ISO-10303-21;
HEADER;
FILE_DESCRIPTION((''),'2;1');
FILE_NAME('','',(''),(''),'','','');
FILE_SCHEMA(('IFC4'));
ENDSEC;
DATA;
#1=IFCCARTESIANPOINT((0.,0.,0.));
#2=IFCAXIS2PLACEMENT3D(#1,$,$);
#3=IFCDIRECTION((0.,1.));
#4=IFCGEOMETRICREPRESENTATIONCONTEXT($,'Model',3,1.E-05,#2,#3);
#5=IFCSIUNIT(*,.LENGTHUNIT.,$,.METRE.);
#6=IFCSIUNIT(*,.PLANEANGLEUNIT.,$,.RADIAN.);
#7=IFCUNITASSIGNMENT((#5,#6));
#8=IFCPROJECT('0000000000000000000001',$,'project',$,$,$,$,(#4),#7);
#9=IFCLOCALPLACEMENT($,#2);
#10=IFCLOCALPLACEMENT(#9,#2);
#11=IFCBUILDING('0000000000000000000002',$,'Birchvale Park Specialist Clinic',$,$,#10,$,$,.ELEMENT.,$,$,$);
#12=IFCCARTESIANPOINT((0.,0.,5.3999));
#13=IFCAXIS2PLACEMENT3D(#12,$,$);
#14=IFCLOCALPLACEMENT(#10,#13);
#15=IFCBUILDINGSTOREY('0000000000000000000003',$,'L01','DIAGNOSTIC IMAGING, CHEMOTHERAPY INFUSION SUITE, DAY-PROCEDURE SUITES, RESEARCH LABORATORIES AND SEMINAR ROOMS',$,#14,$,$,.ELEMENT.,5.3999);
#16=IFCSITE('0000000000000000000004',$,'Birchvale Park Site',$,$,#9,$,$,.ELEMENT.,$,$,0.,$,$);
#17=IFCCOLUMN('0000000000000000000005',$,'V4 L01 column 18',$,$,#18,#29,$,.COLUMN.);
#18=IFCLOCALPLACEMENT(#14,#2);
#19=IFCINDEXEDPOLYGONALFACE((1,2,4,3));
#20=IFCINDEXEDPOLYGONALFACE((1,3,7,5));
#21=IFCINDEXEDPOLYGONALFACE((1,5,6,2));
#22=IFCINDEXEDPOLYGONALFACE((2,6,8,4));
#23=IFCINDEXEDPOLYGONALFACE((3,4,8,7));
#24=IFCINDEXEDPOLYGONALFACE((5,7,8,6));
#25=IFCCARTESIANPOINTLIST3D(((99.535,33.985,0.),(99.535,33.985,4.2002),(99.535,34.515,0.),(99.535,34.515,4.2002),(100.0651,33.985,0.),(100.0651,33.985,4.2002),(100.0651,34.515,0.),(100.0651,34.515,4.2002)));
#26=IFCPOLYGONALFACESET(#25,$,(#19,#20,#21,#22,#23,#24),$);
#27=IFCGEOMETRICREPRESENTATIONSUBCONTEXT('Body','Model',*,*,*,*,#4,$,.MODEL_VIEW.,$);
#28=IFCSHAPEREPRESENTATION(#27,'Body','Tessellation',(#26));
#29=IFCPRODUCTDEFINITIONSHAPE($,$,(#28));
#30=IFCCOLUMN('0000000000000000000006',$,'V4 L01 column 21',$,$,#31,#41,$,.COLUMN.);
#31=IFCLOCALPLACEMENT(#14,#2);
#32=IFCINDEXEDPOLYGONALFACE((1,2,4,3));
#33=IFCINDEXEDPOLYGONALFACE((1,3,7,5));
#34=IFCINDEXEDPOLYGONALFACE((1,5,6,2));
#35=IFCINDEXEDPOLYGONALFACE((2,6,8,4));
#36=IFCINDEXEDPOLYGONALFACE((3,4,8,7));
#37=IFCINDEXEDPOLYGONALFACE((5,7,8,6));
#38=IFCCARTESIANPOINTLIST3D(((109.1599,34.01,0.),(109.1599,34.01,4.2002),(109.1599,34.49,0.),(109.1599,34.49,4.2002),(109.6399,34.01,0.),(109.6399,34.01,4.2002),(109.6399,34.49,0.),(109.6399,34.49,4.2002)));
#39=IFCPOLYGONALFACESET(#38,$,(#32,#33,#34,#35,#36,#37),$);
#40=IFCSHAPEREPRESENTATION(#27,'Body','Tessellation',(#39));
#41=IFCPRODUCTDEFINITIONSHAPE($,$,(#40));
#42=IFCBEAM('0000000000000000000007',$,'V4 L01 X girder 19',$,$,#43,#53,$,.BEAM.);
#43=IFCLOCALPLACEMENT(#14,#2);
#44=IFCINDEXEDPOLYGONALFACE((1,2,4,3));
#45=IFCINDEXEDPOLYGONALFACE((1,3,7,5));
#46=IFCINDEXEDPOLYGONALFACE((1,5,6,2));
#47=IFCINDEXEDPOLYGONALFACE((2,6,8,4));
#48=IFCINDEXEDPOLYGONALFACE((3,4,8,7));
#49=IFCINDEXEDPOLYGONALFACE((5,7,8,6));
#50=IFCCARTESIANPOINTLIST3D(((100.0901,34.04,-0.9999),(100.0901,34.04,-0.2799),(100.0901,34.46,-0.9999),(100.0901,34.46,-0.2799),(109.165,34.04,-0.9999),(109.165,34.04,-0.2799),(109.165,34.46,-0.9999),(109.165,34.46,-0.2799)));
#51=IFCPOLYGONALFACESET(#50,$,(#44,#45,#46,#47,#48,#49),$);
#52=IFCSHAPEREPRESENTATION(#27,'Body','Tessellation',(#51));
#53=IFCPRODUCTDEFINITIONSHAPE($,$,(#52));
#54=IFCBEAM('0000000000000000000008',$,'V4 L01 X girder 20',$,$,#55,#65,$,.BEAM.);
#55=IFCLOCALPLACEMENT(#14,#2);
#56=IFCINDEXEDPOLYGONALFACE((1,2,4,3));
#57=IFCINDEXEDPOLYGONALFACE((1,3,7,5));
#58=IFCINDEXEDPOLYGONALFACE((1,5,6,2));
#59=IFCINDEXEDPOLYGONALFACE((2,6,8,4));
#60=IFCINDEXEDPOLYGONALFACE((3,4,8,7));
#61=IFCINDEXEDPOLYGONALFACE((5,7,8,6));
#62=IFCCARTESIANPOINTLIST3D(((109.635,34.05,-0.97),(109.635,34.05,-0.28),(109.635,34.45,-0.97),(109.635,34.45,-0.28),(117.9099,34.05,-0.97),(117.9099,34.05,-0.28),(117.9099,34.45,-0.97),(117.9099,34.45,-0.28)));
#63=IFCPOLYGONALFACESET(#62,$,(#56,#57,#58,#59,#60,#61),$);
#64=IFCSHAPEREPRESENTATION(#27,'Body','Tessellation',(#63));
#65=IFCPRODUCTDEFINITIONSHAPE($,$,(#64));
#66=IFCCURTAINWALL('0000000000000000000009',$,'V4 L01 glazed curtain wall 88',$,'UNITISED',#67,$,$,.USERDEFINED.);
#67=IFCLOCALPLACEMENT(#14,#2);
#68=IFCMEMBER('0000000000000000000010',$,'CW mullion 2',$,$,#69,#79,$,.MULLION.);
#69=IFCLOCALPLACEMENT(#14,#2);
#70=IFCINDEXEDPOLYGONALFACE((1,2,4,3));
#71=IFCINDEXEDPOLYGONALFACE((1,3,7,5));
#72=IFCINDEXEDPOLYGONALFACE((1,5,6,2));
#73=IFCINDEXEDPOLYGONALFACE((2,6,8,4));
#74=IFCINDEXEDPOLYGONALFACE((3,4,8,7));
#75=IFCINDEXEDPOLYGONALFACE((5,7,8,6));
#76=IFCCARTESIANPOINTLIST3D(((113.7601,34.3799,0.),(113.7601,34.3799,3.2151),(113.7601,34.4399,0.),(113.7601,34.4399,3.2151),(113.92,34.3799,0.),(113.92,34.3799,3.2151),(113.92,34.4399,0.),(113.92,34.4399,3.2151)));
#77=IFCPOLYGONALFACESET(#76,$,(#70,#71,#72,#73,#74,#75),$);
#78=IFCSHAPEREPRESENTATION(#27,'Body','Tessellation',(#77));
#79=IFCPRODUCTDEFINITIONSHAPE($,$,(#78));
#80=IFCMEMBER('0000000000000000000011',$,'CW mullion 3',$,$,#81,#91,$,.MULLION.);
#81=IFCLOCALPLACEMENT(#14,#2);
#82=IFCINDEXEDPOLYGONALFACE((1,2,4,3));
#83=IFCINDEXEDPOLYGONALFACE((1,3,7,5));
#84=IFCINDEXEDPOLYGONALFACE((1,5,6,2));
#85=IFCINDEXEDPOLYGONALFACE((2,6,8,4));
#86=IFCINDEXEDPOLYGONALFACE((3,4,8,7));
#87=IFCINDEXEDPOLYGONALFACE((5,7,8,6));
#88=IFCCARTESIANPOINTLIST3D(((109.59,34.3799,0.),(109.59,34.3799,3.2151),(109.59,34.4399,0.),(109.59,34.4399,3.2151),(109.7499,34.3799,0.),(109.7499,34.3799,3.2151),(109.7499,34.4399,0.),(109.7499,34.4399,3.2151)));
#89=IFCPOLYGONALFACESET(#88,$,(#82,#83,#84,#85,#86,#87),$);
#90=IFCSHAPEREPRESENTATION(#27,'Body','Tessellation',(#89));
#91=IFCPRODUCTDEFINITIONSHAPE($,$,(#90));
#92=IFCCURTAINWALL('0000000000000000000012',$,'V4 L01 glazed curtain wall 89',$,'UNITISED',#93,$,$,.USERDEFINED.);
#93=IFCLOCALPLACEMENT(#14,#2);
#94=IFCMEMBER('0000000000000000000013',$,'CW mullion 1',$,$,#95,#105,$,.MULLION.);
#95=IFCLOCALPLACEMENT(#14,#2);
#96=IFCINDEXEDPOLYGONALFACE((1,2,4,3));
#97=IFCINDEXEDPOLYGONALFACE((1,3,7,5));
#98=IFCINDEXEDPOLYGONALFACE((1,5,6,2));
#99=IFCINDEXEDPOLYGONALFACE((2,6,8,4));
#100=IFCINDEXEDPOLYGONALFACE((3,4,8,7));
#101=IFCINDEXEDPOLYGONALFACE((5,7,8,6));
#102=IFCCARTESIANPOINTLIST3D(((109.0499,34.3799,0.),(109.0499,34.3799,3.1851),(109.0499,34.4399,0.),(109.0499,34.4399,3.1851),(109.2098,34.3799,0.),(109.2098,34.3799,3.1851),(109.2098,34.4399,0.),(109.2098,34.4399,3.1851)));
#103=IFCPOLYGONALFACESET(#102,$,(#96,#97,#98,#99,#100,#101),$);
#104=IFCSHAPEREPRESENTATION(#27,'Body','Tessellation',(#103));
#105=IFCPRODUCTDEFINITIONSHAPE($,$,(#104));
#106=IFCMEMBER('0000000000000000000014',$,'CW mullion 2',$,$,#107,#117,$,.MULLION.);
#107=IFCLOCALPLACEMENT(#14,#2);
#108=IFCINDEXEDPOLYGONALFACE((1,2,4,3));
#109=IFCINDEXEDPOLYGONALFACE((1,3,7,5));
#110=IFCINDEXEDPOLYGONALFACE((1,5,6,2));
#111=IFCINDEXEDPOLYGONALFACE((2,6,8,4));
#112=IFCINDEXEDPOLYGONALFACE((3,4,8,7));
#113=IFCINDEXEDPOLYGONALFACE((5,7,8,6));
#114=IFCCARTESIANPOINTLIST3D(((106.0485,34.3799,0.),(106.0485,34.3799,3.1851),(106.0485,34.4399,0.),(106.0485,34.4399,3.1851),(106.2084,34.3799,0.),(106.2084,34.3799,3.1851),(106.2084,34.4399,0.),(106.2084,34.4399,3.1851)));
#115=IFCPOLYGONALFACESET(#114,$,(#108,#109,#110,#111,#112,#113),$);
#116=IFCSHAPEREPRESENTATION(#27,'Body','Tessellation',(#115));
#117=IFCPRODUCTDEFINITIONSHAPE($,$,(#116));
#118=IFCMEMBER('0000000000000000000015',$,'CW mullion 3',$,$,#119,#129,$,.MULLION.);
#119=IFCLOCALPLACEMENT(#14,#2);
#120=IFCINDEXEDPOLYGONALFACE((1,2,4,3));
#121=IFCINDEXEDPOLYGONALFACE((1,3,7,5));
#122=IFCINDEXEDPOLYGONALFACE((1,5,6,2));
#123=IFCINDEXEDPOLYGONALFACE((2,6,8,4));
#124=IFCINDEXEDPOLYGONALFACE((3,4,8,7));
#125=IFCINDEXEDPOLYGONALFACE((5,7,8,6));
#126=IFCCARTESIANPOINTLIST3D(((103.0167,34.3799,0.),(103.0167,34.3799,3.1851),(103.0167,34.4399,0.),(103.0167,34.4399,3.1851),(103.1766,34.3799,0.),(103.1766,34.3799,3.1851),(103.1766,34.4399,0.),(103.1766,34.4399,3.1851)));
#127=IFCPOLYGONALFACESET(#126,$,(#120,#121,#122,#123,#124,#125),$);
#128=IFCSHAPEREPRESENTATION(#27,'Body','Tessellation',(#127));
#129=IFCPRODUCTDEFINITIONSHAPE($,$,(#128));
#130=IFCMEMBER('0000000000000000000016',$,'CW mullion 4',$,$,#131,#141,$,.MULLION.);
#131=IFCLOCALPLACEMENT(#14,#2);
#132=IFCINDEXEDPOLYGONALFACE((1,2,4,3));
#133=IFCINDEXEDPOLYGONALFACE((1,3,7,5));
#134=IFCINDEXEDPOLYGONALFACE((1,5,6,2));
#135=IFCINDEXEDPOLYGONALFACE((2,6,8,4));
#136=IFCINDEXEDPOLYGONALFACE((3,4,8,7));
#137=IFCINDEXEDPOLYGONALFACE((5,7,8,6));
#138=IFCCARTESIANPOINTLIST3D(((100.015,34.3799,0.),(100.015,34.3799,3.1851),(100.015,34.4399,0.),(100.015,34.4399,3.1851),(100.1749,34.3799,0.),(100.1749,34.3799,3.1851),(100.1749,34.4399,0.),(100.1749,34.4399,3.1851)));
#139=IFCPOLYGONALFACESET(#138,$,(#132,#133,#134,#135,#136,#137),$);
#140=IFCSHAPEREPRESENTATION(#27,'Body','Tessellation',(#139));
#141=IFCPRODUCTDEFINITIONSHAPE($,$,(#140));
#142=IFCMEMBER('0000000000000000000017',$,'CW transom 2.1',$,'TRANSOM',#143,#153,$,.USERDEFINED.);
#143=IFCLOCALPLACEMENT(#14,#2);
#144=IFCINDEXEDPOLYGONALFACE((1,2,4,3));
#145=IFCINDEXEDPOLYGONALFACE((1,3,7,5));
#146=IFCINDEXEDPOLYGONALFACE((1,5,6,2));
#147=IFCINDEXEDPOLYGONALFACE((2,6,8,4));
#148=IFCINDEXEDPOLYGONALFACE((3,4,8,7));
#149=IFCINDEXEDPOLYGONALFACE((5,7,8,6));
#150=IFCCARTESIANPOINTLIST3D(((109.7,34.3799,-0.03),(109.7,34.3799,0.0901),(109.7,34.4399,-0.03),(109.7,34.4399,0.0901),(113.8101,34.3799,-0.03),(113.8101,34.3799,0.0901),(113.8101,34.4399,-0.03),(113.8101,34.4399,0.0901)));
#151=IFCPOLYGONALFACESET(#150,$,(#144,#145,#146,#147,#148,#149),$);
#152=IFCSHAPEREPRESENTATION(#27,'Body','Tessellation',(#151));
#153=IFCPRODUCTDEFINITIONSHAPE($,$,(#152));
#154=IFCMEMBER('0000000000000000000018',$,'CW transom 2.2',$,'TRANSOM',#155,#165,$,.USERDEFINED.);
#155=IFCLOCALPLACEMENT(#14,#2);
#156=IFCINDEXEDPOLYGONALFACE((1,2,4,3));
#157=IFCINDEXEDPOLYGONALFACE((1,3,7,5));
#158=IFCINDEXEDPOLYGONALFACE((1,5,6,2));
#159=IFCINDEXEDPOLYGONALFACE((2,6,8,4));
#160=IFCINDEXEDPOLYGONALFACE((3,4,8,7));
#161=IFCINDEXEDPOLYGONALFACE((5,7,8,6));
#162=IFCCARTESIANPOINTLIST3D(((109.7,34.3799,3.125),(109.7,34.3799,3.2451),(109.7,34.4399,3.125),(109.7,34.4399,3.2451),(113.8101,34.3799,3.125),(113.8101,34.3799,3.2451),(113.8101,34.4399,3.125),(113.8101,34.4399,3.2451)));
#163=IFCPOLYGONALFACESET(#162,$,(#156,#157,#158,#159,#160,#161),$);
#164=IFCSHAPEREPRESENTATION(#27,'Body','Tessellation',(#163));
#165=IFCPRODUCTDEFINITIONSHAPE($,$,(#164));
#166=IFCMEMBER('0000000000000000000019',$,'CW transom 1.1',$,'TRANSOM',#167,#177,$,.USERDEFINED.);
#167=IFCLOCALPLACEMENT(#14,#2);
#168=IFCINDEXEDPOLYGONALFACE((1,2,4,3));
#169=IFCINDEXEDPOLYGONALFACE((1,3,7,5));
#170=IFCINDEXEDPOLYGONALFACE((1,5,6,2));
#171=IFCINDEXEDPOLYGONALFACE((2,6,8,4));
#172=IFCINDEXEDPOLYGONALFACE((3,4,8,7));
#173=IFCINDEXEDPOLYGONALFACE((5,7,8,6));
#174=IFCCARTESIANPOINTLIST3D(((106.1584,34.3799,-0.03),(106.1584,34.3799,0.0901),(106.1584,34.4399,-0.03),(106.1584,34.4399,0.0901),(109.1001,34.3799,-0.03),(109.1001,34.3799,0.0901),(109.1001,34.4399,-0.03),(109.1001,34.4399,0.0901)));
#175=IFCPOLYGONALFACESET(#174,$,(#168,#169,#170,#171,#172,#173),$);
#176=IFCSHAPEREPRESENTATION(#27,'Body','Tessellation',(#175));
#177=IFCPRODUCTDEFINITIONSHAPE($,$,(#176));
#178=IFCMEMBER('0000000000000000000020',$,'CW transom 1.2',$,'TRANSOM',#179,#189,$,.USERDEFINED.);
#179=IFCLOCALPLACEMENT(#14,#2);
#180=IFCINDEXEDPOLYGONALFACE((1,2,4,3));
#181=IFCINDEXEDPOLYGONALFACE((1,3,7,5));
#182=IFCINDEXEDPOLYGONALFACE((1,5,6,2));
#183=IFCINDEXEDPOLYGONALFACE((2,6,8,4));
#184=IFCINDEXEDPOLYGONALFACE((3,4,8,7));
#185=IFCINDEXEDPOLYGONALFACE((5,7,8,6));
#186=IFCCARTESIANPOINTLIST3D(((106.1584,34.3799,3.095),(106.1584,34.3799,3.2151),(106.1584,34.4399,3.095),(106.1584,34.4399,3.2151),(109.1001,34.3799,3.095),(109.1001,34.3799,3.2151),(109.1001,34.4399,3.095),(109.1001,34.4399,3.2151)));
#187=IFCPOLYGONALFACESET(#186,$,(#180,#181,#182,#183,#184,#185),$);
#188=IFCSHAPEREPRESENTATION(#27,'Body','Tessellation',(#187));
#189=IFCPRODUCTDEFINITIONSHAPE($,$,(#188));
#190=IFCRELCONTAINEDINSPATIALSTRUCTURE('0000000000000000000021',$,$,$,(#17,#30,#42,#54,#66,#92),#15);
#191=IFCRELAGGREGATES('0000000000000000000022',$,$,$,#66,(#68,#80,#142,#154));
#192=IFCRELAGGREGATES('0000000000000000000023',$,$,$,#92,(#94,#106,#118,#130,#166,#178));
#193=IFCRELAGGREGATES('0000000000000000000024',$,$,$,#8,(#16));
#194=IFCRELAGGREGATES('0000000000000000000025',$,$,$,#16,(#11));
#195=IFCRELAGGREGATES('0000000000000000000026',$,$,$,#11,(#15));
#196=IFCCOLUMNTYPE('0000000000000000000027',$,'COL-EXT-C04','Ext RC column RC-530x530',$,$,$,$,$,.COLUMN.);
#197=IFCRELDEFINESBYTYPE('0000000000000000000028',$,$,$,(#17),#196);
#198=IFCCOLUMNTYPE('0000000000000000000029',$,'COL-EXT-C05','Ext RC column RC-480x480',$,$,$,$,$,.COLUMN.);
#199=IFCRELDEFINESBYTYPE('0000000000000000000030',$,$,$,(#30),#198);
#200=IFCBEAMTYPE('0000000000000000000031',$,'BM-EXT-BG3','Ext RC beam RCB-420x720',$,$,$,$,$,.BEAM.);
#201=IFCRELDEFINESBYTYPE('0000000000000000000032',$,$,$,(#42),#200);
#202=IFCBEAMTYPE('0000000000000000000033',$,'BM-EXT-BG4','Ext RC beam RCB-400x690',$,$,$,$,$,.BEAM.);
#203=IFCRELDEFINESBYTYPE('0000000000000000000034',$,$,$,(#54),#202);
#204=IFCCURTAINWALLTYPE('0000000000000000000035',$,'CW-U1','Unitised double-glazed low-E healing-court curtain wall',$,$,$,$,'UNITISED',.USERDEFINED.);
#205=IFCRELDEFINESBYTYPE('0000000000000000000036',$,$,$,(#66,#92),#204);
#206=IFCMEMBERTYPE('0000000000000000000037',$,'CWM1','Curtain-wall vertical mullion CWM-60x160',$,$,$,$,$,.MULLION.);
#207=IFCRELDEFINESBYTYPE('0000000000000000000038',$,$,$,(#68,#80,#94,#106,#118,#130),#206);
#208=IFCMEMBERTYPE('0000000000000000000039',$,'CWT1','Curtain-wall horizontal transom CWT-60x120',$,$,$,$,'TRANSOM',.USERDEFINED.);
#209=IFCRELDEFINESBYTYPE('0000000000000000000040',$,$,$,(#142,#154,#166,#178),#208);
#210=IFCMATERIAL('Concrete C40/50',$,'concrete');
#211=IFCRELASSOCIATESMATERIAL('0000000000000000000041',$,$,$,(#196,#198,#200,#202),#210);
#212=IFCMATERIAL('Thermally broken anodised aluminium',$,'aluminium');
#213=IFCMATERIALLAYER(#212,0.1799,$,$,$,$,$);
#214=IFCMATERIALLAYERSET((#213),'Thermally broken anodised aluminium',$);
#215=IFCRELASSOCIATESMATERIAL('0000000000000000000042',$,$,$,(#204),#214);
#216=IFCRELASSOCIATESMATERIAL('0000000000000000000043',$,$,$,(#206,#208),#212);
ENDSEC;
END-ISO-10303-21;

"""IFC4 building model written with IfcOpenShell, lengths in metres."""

from ifc_helpers import new_model, si_unit, direction, frame, origin, origin_2d, place, context, subcontext, project, spatial, rectangle, extrude, material, layer, layer_set, material_profile, profile_set, type_object, element, aggregate, save


model = new_model("IFC4")

# Units and contexts
model_context = context("Model", 3, precision=1e-05, world=origin(), true_north=direction((0.0, 1.0)))
body_context = subcontext(model_context, "Body", "Model", "MODEL_VIEW")
ifc_project = project(units=[si_unit("LENGTHUNIT", "METRE"), si_unit("PLANEANGLEUNIT", "RADIAN")], contexts=[model_context])

# Site, building, storey
site_placement = place(None, origin())
site = spatial("IfcSite", under=ifc_project, at=site_placement, Name="Birchvale Park Site", CompositionType="ELEMENT", RefElevation=0.0)
building_placement = place(site_placement, origin())
building = spatial("IfcBuilding", under=site, at=building_placement, Name="Birchvale Park Specialist Clinic", CompositionType="ELEMENT")
storey_placement = place(building_placement, frame((0.0, 0.0, 5.3999)))
storey = spatial("IfcBuildingStorey", under=building, at=storey_placement, Name="L01", Description="DIAGNOSTIC IMAGING, CHEMOTHERAPY INFUSION SUITE, DAY-PROCEDURE SUITES, RESEARCH LABORATORIES AND SEMINAR ROOMS", CompositionType="ELEMENT", Elevation=5.3999)

# Columns
ifc_material_1 = material(Name="Concrete C40/50", Category="concrete")
ifc_material_profile_1 = material_profile(ifc_material_1, rectangle(XDim=0.53, YDim=0.53, at=origin_2d()), Name="RC-530x530")
ifc_profile_set_1 = profile_set([ifc_material_profile_1], Name="Concrete C40/50")
column_type_1 = type_object("IfcColumnType", Name="COL-EXT-C04", Description="Ext RC column RC-530x530", PredefinedType="COLUMN", material=ifc_profile_set_1)
column_1_placement = place(storey_placement, frame((99.8, 34.25, 0.0), z_axis=(0.0, 0.0, 1.0), x_axis=(1.0, 0.0, 0.0)))
element("IfcColumn", 1, at=column_1_placement, inside=storey, type_object=column_type_1, Name="V4 L01 column 18", PredefinedType="COLUMN", context=body_context, shape_type="SweptSolid", body=[
    extrude(rectangle(XDim=0.53, YDim=0.53, at=origin_2d()), origin(), (0.0, 0.0, 1.0), 4.2002),
])
ifc_material_profile_2 = material_profile(ifc_material_1, rectangle(XDim=0.48, YDim=0.48, at=origin_2d()), Name="RC-480x480")
ifc_profile_set_2 = profile_set([ifc_material_profile_2], Name="Concrete C40/50")
column_type_2 = type_object("IfcColumnType", Name="COL-EXT-C05", Description="Ext RC column RC-480x480", PredefinedType="COLUMN", material=ifc_profile_set_2)
column_2_placement = place(storey_placement, frame((109.3999, 34.25, 0.0), z_axis=(0.0, 0.0, 1.0), x_axis=(1.0, 0.0, 0.0)))
element("IfcColumn", 2, at=column_2_placement, inside=storey, type_object=column_type_2, Name="V4 L01 column 21", PredefinedType="COLUMN", context=body_context, shape_type="SweptSolid", body=[
    extrude(rectangle(XDim=0.48, YDim=0.48, at=origin_2d()), origin(), (0.0, 0.0, 1.0), 4.2002),
])

# Beams
ifc_material_profile_3 = material_profile(ifc_material_1, rectangle(XDim=0.4199, YDim=0.72, at=origin_2d()), Name="RCB-420x720")
ifc_profile_set_3 = profile_set([ifc_material_profile_3], Name="Concrete C40/50")
beam_type_1 = type_object("IfcBeamType", Name="BM-EXT-BG3", Description="Ext RC beam RCB-420x720", PredefinedType="BEAM", material=ifc_profile_set_3)
beam_1_placement = place(storey_placement, frame((100.0901, 34.25, -0.6399), z_axis=(1.0, 0.0, 0.0), x_axis=(0.0, 1.0, 0.0)))
element("IfcBeam", 3, at=beam_1_placement, inside=storey, type_object=beam_type_1, Name="V4 L01 X girder 19", PredefinedType="BEAM", context=body_context, shape_type="SweptSolid", body=[
    extrude(rectangle(XDim=0.4199, YDim=0.72, at=origin_2d()), origin(), (0.0, 0.0, 1.0), 9.075),
])
ifc_material_profile_4 = material_profile(ifc_material_1, rectangle(XDim=0.3999, YDim=0.6899, at=origin_2d()), Name="RCB-400x690")
ifc_profile_set_4 = profile_set([ifc_material_profile_4], Name="Concrete C40/50")
beam_type_2 = type_object("IfcBeamType", Name="BM-EXT-BG4", Description="Ext RC beam RCB-400x690", PredefinedType="BEAM", material=ifc_profile_set_4)
beam_2_placement = place(storey_placement, frame((109.635, 34.25, -0.625), z_axis=(1.0, 0.0, 0.0), x_axis=(0.0, 1.0, 0.0)))
element("IfcBeam", 4, at=beam_2_placement, inside=storey, type_object=beam_type_2, Name="V4 L01 X girder 20", PredefinedType="BEAM", context=body_context, shape_type="SweptSolid", body=[
    extrude(rectangle(XDim=0.3999, YDim=0.6899, at=origin_2d()), origin(), (0.0, 0.0, 1.0), 8.2749),
])

# Curtain walls, members
ifc_material_2 = material(Name="Thermally broken anodised aluminium", Category="aluminium")
ifc_layer_1 = layer(ifc_material_2, 0.1799)
ifc_layer_set_1 = layer_set([ifc_layer_1], Name="Thermally broken anodised aluminium")
curtain_wall_type = type_object("IfcCurtainWallType", Name="CW-U1", Description="Unitised double-glazed low-E healing-court curtain wall", ElementType="UNITISED", PredefinedType="USERDEFINED", material=ifc_layer_set_1)
curtain_wall_1_placement = place(storey_placement, origin())
curtain_wall_1 = element("IfcCurtainWall", 5, at=curtain_wall_1_placement, inside=storey, type_object=curtain_wall_type, Name="V4 L01 glazed curtain wall 88", ObjectType="UNITISED", PredefinedType="USERDEFINED")
ifc_material_profile_5 = material_profile(ifc_material_2, rectangle(XDim=0.0601, YDim=0.1599, at=origin_2d()), Name="CWM-60x160")
ifc_profile_set_5 = profile_set([ifc_material_profile_5], Name="Thermally broken anodised aluminium")
member_type_1 = type_object("IfcMemberType", Name="CWM1", Description="Curtain-wall vertical mullion CWM-60x160", PredefinedType="MULLION", material=ifc_profile_set_5)
member_1_placement = place(storey_placement, frame((113.8401, 34.4099, 0.0), z_axis=(0.0, 0.0, 1.0), x_axis=(0.0, -1.0, 0.0)))
member_1 = element("IfcMember", 6, at=member_1_placement, type_object=member_type_1, Name="CW mullion 2", PredefinedType="MULLION", context=body_context, shape_type="SweptSolid", body=[
    extrude(rectangle(XDim=0.0601, YDim=0.1599, at=origin_2d()), origin(), (0.0, 0.0, 1.0), 3.2151),
])
member_2_placement = place(storey_placement, frame((109.6699, 34.4099, 0.0), z_axis=(0.0, 0.0, 1.0), x_axis=(0.0, -1.0, 0.0)))
member_2 = element("IfcMember", 7, at=member_2_placement, type_object=member_type_1, Name="CW mullion 3", PredefinedType="MULLION", context=body_context, shape_type="SweptSolid", body=[
    extrude(rectangle(XDim=0.0601, YDim=0.1599, at=origin_2d()), origin(), (0.0, 0.0, 1.0), 3.2151),
])
curtain_wall_2_placement = place(storey_placement, origin())
curtain_wall_2 = element("IfcCurtainWall", 8, at=curtain_wall_2_placement, inside=storey, type_object=curtain_wall_type, Name="V4 L01 glazed curtain wall 89", ObjectType="UNITISED", PredefinedType="USERDEFINED")
member_3_placement = place(storey_placement, frame((109.1299, 34.4099, 0.0), z_axis=(0.0, 0.0, 1.0), x_axis=(0.0, -1.0, 0.0)))
member_3 = element("IfcMember", 9, at=member_3_placement, type_object=member_type_1, Name="CW mullion 1", PredefinedType="MULLION", context=body_context, shape_type="SweptSolid", body=[
    extrude(rectangle(XDim=0.0601, YDim=0.1599, at=origin_2d()), origin(), (0.0, 0.0, 1.0), 3.1851),
])
member_4_placement = place(storey_placement, frame((106.1284, 34.4099, 0.0), z_axis=(0.0, 0.0, 1.0), x_axis=(0.0, -1.0, 0.0)))
member_4 = element("IfcMember", 10, at=member_4_placement, type_object=member_type_1, Name="CW mullion 2", PredefinedType="MULLION", context=body_context, shape_type="SweptSolid", body=[
    extrude(rectangle(XDim=0.0601, YDim=0.1599, at=origin_2d()), origin(), (0.0, 0.0, 1.0), 3.1851),
])
member_5_placement = place(storey_placement, frame((103.0967, 34.4099, 0.0), z_axis=(0.0, 0.0, 1.0), x_axis=(0.0, -1.0, 0.0)))
member_5 = element("IfcMember", 11, at=member_5_placement, type_object=member_type_1, Name="CW mullion 3", PredefinedType="MULLION", context=body_context, shape_type="SweptSolid", body=[
    extrude(rectangle(XDim=0.0601, YDim=0.1599, at=origin_2d()), origin(), (0.0, 0.0, 1.0), 3.1851),
])
member_6_placement = place(storey_placement, frame((100.095, 34.4099, 0.0), z_axis=(0.0, 0.0, 1.0), x_axis=(0.0, -1.0, 0.0)))
member_6 = element("IfcMember", 12, at=member_6_placement, type_object=member_type_1, Name="CW mullion 4", PredefinedType="MULLION", context=body_context, shape_type="SweptSolid", body=[
    extrude(rectangle(XDim=0.0601, YDim=0.1599, at=origin_2d()), origin(), (0.0, 0.0, 1.0), 3.1851),
])

# Members
ifc_material_profile_6 = material_profile(ifc_material_2, rectangle(XDim=0.0601, YDim=0.1201, at=origin_2d()), Name="CWT-60x120")
ifc_profile_set_6 = profile_set([ifc_material_profile_6], Name="Thermally broken anodised aluminium")
member_type_2 = type_object("IfcMemberType", Name="CWT1", Description="Curtain-wall horizontal transom CWT-60x120", ElementType="TRANSOM", PredefinedType="USERDEFINED", material=ifc_profile_set_6)
member_7_placement = place(storey_placement, frame((113.8101, 34.4099, 0.03), z_axis=(-1.0, 0.0, 0.0), x_axis=(0.0, -1.0, 0.0)))
member_7 = element("IfcMember", 13, at=member_7_placement, type_object=member_type_2, Name="CW transom 2.1", ObjectType="TRANSOM", PredefinedType="USERDEFINED", context=body_context, shape_type="SweptSolid", body=[
    extrude(rectangle(XDim=0.0601, YDim=0.1201, at=origin_2d()), origin(), (0.0, 0.0, 1.0), 4.1101),
])
member_8_placement = place(storey_placement, frame((113.8101, 34.4099, 3.1851), z_axis=(-1.0, 0.0, 0.0), x_axis=(0.0, -1.0, 0.0)))
member_8 = element("IfcMember", 14, at=member_8_placement, type_object=member_type_2, Name="CW transom 2.2", ObjectType="TRANSOM", PredefinedType="USERDEFINED", context=body_context, shape_type="SweptSolid", body=[
    extrude(rectangle(XDim=0.0601, YDim=0.1201, at=origin_2d()), origin(), (0.0, 0.0, 1.0), 4.1101),
])
member_9_placement = place(storey_placement, frame((109.1001, 34.4099, 0.03), z_axis=(-1.0, 0.0, 0.0), x_axis=(0.0, -1.0, 0.0)))
member_9 = element("IfcMember", 15, at=member_9_placement, type_object=member_type_2, Name="CW transom 1.1", ObjectType="TRANSOM", PredefinedType="USERDEFINED", context=body_context, shape_type="SweptSolid", body=[
    extrude(rectangle(XDim=0.0601, YDim=0.1201, at=origin_2d()), origin(), (0.0, 0.0, 1.0), 2.9417),
])
member_10_placement = place(storey_placement, frame((109.1001, 34.4099, 3.155), z_axis=(-1.0, 0.0, 0.0), x_axis=(0.0, -1.0, 0.0)))
member_10 = element("IfcMember", 16, at=member_10_placement, type_object=member_type_2, Name="CW transom 1.2", ObjectType="TRANSOM", PredefinedType="USERDEFINED", context=body_context, shape_type="SweptSolid", body=[
    extrude(rectangle(XDim=0.0601, YDim=0.1201, at=origin_2d()), origin(), (0.0, 0.0, 1.0), 2.9417),
])

aggregate(curtain_wall_1, [member_1, member_2, member_7, member_8])
aggregate(curtain_wall_2, [member_3, member_4, member_5, member_6, member_9, member_10])

save(model, "model.ifc")
